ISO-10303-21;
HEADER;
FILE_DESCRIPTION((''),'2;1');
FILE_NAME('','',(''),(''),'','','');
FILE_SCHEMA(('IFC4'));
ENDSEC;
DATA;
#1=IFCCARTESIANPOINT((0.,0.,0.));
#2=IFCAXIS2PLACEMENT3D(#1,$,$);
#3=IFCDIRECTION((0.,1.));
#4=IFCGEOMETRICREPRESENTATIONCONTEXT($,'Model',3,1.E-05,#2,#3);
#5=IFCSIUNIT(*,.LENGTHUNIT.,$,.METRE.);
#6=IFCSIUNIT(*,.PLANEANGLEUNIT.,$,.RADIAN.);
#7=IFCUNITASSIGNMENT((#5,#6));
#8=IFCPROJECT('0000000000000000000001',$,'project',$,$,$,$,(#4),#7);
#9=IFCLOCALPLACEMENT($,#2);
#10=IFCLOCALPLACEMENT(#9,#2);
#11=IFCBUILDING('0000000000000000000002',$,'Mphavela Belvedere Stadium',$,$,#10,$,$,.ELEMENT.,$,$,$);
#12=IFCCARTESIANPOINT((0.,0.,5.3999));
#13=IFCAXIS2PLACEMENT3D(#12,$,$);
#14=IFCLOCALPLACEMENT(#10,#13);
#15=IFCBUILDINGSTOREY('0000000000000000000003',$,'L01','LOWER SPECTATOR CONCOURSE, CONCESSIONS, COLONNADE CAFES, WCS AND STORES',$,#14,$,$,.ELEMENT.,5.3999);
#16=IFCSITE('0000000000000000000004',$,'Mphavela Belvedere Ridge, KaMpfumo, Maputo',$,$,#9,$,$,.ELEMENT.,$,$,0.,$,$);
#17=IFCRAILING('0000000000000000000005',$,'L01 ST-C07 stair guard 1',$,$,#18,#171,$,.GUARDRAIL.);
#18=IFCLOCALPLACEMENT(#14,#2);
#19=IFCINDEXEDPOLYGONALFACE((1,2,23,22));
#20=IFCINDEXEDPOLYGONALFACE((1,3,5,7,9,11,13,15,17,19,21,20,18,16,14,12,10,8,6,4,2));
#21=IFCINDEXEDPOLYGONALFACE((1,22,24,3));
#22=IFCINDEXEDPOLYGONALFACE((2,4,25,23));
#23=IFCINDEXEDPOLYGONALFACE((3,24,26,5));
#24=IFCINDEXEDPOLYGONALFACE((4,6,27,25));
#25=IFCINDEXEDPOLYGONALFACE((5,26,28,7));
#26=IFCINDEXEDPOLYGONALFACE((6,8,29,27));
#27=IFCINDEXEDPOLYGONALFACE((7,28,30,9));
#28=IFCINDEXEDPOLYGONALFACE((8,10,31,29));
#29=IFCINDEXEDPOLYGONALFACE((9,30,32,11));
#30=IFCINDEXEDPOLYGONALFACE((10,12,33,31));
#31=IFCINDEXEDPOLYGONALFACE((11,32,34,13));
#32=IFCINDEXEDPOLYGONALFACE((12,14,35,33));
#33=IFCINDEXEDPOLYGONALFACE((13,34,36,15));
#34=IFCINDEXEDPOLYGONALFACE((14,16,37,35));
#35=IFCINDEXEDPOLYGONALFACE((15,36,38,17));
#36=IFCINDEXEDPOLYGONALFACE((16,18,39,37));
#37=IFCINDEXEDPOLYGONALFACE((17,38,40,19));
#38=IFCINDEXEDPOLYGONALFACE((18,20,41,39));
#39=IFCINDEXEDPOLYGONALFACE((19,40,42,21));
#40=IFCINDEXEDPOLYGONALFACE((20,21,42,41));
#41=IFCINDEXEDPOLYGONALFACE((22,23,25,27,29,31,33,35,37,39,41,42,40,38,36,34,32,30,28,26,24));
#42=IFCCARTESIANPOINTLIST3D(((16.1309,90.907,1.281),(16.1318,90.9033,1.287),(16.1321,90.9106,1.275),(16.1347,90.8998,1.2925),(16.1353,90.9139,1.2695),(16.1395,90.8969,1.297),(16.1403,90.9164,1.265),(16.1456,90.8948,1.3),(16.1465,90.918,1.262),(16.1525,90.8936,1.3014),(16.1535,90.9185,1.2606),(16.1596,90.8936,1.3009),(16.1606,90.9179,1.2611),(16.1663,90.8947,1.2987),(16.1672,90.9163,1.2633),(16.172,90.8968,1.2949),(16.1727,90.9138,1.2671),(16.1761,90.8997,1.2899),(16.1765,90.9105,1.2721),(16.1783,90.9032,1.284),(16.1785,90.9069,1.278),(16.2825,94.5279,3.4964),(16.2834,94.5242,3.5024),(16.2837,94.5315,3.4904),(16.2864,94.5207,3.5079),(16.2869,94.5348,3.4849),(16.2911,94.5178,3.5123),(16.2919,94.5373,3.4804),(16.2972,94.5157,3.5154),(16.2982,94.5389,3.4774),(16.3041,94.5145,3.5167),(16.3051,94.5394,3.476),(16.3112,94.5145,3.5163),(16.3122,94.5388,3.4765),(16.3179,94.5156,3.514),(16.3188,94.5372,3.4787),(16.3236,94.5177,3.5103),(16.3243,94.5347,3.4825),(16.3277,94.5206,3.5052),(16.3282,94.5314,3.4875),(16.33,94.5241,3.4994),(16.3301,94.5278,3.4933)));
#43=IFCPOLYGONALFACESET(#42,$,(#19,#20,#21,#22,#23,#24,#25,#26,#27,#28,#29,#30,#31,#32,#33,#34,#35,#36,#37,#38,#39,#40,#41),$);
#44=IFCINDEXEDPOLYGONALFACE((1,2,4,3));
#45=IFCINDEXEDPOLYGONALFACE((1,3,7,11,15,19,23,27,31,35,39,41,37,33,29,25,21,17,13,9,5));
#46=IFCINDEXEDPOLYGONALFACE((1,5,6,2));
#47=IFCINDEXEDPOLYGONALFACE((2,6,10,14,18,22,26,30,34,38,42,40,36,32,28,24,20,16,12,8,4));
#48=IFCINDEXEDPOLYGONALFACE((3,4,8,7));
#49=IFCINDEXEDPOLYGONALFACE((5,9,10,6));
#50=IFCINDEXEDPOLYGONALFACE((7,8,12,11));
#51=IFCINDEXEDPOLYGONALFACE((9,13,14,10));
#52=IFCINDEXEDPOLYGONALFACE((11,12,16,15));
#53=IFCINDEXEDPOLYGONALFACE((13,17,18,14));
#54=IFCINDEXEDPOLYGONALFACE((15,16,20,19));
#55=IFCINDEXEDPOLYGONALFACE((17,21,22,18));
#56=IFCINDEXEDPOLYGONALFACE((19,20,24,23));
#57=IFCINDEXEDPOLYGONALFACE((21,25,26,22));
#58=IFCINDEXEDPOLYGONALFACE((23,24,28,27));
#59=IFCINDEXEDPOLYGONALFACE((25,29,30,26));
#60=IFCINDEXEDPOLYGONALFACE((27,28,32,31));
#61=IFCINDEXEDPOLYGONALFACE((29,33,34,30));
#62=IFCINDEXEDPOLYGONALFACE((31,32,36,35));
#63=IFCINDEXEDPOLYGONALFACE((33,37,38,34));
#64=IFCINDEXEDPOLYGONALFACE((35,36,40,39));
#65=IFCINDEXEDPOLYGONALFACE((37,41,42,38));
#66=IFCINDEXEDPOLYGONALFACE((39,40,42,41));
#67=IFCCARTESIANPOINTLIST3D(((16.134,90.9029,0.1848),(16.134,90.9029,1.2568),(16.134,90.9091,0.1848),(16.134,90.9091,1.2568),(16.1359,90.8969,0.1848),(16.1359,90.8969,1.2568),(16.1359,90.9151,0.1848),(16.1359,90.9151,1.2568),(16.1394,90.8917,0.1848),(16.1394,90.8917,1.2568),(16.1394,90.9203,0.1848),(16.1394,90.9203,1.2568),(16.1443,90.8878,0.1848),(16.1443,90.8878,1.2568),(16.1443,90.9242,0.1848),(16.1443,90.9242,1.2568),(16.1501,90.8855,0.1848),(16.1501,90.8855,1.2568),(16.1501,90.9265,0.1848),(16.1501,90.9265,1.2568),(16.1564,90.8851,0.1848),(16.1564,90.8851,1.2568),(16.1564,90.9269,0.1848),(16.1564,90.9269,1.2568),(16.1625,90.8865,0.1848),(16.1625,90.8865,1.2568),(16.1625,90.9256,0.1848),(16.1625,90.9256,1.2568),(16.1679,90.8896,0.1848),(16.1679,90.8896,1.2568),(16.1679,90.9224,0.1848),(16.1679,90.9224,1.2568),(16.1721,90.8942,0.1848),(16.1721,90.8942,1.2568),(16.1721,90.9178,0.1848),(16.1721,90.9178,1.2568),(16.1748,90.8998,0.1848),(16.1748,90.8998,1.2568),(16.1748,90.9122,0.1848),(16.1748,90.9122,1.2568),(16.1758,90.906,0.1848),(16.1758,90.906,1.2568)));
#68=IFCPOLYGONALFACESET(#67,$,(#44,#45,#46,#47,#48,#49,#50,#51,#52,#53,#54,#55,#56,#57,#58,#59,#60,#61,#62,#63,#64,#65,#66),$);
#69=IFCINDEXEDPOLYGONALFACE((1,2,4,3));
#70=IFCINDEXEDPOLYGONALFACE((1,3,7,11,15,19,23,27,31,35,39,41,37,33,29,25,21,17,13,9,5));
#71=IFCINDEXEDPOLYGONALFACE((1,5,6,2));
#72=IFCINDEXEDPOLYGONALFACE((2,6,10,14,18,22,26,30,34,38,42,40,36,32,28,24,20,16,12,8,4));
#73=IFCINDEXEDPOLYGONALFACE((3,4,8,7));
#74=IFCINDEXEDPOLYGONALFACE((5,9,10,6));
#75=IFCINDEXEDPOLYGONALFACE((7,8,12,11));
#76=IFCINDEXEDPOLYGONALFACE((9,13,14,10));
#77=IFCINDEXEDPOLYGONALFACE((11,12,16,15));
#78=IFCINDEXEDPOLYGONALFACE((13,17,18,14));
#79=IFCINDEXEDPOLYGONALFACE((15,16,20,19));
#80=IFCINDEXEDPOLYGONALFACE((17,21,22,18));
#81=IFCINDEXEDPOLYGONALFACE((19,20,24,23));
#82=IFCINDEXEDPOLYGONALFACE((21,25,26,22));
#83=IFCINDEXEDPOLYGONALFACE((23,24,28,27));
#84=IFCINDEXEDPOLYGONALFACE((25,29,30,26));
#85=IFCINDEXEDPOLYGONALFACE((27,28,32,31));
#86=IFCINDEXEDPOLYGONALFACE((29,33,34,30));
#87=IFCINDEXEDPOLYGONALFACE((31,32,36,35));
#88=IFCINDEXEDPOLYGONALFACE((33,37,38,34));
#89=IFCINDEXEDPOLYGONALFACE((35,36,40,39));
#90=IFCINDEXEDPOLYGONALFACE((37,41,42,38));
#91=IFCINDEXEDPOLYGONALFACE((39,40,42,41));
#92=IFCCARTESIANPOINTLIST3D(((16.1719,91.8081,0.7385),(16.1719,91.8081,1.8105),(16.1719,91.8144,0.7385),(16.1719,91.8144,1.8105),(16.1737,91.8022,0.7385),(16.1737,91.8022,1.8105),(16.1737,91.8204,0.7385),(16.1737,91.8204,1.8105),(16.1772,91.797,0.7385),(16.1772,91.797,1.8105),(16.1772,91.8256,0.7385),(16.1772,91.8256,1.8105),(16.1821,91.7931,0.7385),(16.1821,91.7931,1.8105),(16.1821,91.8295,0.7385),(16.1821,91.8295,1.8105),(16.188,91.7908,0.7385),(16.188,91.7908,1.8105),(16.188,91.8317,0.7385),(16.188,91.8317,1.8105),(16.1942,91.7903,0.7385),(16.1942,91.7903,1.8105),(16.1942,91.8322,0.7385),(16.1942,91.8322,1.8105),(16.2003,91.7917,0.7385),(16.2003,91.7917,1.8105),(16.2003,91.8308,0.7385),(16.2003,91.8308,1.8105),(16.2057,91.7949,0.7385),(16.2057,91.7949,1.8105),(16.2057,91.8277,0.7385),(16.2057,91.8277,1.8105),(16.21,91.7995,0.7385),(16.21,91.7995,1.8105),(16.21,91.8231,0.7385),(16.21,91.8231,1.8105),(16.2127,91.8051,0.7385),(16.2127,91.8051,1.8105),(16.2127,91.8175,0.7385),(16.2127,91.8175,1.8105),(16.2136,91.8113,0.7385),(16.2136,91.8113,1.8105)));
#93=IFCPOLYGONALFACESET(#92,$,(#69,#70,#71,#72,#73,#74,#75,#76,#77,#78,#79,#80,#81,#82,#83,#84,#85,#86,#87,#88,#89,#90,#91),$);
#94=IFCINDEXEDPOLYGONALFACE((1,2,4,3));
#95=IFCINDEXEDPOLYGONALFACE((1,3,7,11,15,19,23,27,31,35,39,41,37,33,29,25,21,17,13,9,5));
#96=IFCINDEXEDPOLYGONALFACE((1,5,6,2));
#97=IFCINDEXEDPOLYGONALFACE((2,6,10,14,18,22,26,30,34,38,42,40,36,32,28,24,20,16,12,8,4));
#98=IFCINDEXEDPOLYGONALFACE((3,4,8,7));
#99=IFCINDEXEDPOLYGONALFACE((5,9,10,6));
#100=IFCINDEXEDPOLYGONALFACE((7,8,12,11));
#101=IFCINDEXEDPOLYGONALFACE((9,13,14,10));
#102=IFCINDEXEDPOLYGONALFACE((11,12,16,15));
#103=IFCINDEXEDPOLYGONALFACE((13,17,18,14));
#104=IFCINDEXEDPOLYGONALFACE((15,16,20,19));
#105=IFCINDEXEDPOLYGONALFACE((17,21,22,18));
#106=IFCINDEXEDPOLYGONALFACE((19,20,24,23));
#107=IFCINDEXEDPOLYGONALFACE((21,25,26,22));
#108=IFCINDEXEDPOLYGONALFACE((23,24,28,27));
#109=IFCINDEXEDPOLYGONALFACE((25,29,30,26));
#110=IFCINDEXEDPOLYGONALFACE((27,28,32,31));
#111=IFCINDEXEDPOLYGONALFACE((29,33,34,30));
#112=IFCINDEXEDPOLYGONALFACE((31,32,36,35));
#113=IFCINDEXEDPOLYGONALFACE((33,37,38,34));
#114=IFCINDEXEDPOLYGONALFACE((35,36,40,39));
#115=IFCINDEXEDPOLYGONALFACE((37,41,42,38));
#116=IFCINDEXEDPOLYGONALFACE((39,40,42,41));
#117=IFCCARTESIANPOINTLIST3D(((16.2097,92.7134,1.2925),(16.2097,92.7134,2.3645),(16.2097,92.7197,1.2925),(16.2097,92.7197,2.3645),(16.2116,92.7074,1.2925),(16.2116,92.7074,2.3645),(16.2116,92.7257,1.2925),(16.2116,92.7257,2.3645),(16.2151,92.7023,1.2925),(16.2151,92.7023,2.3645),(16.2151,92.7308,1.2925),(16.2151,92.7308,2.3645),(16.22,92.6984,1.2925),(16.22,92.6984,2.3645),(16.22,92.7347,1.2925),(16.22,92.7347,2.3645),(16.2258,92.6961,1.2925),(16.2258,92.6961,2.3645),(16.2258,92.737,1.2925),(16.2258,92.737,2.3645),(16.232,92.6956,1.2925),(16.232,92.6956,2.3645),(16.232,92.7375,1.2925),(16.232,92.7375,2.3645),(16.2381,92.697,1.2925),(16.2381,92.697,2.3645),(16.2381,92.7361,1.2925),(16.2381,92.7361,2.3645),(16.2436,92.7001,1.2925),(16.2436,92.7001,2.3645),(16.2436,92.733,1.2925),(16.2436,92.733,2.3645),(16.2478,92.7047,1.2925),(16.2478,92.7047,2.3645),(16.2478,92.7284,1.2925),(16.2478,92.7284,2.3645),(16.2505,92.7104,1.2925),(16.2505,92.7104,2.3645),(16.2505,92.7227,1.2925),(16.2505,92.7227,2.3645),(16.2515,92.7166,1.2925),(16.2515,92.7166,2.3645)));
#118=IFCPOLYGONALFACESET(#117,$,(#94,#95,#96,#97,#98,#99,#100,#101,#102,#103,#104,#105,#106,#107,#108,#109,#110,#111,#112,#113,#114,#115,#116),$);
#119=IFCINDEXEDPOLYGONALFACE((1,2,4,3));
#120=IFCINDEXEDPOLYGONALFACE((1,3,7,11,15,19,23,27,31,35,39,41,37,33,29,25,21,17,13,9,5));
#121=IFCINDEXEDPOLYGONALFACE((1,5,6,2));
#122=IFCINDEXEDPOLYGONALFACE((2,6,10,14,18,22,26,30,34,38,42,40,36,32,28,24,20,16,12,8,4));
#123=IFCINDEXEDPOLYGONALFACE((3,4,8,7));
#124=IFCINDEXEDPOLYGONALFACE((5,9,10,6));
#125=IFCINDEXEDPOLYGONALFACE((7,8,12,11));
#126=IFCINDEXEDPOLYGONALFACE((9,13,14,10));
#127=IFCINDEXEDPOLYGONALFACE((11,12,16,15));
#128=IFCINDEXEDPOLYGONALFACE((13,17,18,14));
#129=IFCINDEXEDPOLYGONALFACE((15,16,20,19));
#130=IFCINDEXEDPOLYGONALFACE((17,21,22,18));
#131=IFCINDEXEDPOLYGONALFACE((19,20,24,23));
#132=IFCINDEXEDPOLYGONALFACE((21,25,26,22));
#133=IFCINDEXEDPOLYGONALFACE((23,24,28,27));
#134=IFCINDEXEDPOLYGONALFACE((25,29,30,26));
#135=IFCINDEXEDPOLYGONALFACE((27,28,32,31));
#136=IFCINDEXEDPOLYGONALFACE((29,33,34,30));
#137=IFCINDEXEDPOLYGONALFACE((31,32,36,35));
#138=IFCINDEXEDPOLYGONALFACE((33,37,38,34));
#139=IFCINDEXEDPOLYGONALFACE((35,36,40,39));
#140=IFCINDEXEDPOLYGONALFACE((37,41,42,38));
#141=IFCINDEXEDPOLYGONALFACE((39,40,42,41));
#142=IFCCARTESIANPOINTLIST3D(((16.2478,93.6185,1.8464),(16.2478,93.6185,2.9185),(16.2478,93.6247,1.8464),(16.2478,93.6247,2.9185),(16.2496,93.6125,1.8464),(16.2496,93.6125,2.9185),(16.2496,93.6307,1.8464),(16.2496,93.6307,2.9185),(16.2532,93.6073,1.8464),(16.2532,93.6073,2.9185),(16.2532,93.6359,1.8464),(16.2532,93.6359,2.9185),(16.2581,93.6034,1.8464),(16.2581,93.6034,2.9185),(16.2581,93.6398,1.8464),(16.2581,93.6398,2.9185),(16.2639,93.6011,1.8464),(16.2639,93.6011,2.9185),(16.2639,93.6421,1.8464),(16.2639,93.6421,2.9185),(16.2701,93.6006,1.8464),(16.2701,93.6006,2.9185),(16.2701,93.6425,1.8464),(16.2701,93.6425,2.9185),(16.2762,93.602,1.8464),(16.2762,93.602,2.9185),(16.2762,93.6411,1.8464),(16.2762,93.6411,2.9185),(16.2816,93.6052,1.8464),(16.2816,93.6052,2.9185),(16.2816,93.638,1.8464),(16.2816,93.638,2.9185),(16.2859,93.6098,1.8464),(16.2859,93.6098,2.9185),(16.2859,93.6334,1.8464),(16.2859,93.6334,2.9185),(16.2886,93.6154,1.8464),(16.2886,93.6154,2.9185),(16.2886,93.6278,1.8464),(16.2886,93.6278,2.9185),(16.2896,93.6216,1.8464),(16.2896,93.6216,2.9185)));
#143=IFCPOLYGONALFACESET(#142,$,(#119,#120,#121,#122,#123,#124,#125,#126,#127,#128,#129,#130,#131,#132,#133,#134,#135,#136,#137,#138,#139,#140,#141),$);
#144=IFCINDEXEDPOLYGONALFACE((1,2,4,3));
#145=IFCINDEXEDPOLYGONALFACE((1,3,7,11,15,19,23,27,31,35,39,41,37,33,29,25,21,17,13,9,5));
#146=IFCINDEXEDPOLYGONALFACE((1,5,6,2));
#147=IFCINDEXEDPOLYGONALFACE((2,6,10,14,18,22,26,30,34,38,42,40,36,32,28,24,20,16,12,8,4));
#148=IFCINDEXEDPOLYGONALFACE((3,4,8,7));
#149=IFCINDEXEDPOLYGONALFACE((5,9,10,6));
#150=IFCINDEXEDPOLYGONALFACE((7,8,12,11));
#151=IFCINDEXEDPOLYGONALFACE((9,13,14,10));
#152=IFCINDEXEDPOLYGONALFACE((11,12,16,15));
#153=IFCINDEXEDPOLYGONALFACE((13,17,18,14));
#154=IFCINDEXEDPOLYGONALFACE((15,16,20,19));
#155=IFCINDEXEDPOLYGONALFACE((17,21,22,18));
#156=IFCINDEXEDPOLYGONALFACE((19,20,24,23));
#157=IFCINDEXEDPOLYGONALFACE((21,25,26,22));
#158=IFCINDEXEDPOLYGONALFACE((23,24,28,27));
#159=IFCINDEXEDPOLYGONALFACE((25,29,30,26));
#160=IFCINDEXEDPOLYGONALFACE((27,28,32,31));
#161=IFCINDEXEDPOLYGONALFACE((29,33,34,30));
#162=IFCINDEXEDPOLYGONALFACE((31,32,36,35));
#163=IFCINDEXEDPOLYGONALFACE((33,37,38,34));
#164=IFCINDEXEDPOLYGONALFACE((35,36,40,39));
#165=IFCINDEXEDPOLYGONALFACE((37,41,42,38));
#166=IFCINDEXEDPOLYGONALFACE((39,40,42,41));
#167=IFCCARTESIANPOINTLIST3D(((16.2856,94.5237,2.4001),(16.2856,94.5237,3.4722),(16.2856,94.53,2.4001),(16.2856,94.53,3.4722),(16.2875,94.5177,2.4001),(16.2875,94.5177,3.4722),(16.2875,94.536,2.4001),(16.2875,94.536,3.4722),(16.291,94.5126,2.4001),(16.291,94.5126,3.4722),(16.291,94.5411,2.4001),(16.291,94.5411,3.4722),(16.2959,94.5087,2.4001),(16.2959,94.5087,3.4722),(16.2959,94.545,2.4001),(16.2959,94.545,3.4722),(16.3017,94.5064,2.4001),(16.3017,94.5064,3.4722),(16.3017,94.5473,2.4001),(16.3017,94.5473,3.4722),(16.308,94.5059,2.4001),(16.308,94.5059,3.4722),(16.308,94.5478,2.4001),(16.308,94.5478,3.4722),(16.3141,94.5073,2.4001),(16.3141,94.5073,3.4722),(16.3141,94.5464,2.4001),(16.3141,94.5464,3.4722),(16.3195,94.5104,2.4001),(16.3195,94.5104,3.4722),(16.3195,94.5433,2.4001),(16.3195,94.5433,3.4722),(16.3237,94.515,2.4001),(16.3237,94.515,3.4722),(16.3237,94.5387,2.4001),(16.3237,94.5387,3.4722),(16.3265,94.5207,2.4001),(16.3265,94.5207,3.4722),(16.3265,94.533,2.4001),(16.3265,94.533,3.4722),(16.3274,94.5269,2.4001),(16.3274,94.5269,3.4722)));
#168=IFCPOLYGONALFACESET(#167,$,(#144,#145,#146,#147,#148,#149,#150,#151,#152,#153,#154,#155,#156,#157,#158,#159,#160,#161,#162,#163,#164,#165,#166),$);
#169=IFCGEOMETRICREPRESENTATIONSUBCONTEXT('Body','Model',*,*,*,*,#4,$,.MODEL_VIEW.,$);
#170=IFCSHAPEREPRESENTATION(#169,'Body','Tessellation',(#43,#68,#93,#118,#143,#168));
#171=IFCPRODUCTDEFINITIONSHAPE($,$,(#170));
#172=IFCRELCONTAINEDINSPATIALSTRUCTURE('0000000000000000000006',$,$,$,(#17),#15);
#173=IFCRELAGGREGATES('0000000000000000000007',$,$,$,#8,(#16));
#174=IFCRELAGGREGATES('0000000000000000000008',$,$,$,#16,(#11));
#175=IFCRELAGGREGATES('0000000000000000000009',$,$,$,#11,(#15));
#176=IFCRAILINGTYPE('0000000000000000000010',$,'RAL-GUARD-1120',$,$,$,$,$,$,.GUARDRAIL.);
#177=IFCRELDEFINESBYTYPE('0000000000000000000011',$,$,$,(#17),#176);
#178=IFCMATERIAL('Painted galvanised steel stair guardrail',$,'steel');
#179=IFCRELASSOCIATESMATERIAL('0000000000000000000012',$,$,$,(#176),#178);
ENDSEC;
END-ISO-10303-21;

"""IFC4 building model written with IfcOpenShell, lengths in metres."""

from ifc_helpers import new_model, si_unit, direction, frame, origin, origin_2d, place, context, subcontext, project, spatial, circle, extrude, material, type_object, element, save


model = new_model("IFC4")

# Units and contexts
model_context = context("Model", 3, precision=1e-05, world=origin(), true_north=direction((0.0, 1.0)))
body_context = subcontext(model_context, "Body", "Model", "MODEL_VIEW")
ifc_project = project(units=[si_unit("LENGTHUNIT", "METRE"), si_unit("PLANEANGLEUNIT", "RADIAN")], contexts=[model_context])

# Site, building, storey
site_placement = place(None, origin())
site = spatial("IfcSite", under=ifc_project, at=site_placement, Name="Mphavela Belvedere Ridge, KaMpfumo, Maputo", CompositionType="ELEMENT", RefElevation=0.0)
building_placement = place(site_placement, origin())
building = spatial("IfcBuilding", under=site, at=building_placement, Name="Mphavela Belvedere Stadium", CompositionType="ELEMENT")
storey_placement = place(building_placement, frame((0.0, 0.0, 5.3999)))
storey = spatial("IfcBuildingStorey", under=building, at=storey_placement, Name="L01", Description="LOWER SPECTATOR CONCOURSE, CONCESSIONS, COLONNADE CAFES, WCS AND STORES", CompositionType="ELEMENT", Elevation=5.3999)

# Railing
ifc_material_1 = material(Name="Painted galvanised steel stair guardrail", Category="steel")
railing_type_1 = type_object("IfcRailingType", Name="RAL-GUARD-1120", PredefinedType="GUARDRAIL", material=ifc_material_1)
railing_1_placement = place(storey_placement, frame((16.1548, 90.906, 0.1848)))
element("IfcRailing", 1, at=railing_1_placement, inside=storey, type_object=railing_type_1, Name="L01 ST-C07 stair guard 1", PredefinedType="GUARDRAIL", context=body_context, shape_type="SweptSolid", body=[
    extrude(circle(Radius=0.0239, at=origin_2d()), frame((0.0, 0.0, 1.0962), z_axis=(0.035694, 0.852467, 0.521562), x_axis=(-0.999125, 0.041835, 0.0)), (0.0, 0.0, 1.0), 4.2476),
    extrude(circle(Radius=0.021, at=origin_2d()), origin(), (0.0, 0.0, 1.0), 1.072),
    extrude(circle(Radius=0.021, at=origin_2d()), frame((0.0378, 0.9053, 0.5537)), (0.0, 0.0, 1.0), 1.072),
    extrude(circle(Radius=0.021, at=origin_2d()), frame((0.0757, 1.8105, 1.1077)), (0.0, 0.0, 1.0), 1.072),
    extrude(circle(Radius=0.021, at=origin_2d()), frame((0.1138, 2.7156, 1.6616)), (0.0, 0.0, 1.0), 1.072),
    extrude(circle(Radius=0.021, at=origin_2d()), frame((0.1516, 3.6208, 2.2153)), (0.0, 0.0, 1.0), 1.072),
])

save(model, "model.ifc")
